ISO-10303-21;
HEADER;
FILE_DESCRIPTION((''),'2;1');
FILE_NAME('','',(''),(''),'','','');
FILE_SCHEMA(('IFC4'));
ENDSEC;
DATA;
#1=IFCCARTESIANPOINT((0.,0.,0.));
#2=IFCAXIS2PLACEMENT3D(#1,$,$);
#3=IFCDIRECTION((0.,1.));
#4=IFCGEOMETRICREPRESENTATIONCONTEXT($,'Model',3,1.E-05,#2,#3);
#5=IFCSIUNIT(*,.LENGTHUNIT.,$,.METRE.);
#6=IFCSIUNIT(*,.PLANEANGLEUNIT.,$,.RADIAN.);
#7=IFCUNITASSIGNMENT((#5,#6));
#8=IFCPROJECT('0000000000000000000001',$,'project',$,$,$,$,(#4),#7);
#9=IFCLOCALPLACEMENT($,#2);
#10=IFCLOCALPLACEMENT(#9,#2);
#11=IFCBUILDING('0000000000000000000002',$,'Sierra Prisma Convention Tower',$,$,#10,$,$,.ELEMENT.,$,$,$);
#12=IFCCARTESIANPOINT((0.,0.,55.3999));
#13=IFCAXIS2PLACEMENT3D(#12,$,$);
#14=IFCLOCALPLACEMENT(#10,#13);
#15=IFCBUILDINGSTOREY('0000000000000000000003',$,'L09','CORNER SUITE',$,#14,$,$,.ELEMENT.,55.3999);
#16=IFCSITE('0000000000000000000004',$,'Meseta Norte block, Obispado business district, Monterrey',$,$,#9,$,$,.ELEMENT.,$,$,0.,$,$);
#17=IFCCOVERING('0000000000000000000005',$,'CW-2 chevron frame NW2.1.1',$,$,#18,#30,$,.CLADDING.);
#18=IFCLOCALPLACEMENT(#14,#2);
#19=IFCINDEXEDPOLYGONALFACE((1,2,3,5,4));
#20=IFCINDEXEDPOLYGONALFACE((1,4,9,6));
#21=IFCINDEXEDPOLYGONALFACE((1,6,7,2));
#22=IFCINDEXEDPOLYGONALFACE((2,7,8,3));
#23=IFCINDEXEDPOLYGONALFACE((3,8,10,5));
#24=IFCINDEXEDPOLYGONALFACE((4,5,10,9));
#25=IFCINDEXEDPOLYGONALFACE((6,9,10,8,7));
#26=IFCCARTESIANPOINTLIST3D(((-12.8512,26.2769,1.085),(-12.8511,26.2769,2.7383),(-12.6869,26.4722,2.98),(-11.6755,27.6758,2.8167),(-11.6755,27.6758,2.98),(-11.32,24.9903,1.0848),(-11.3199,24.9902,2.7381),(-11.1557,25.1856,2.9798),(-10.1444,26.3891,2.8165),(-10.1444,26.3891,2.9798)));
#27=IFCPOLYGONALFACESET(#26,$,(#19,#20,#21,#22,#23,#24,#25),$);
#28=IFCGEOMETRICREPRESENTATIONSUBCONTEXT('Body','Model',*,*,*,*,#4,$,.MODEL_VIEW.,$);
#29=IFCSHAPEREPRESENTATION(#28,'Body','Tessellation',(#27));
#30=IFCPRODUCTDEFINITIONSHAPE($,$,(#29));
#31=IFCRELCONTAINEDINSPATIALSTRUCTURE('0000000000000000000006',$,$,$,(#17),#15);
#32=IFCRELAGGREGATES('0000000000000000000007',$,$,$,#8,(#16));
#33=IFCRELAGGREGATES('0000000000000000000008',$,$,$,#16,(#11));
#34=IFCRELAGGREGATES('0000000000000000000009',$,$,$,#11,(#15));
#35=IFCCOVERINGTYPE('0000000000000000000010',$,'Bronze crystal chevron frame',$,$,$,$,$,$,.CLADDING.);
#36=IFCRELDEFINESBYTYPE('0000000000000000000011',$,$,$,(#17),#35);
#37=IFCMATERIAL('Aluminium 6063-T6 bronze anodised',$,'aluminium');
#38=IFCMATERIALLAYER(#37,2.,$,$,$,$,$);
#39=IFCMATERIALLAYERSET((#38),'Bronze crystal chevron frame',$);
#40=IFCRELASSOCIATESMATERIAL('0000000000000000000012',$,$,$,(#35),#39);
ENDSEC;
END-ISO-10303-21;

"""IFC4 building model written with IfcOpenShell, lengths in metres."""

from ifc_helpers import new_model, si_unit, direction, frame, origin, place, context, subcontext, project, spatial, polyline, outline, extrude, material, layer, layer_set, type_object, element, save


model = new_model("IFC4")

# Units and contexts
model_context = context("Model", 3, precision=1e-05, world=origin(), true_north=direction((0.0, 1.0)))
body_context = subcontext(model_context, "Body", "Model", "MODEL_VIEW")
ifc_project = project(units=[si_unit("LENGTHUNIT", "METRE"), si_unit("PLANEANGLEUNIT", "RADIAN")], contexts=[model_context])

# Site, building, storey
site_placement = place(None, origin())
site = spatial("IfcSite", under=ifc_project, at=site_placement, Name="Meseta Norte block, Obispado business district, Monterrey", CompositionType="ELEMENT", RefElevation=0.0)
building_placement = place(site_placement, origin())
building = spatial("IfcBuilding", under=site, at=building_placement, Name="Sierra Prisma Convention Tower", CompositionType="ELEMENT")
storey_placement = place(building_placement, frame((0.0, 0.0, 55.3999)))
storey = spatial("IfcBuildingStorey", under=building, at=storey_placement, Name="L09", Description="CORNER SUITE", CompositionType="ELEMENT", Elevation=55.3999)

# Covering
ifc_material_1 = material(Name="Aluminium 6063-T6 bronze anodised", Category="aluminium")
ifc_layer_1 = layer(ifc_material_1, 2.0)
ifc_layer_set_1 = layer_set([ifc_layer_1], Name="Bronze crystal chevron frame")
covering_type = type_object("IfcCoveringType", Name="Bronze crystal chevron frame", PredefinedType="CLADDING", material=ifc_layer_set_1)
covering_1_placement = place(storey_placement, frame((-11.6755, 27.6758, 2.98), z_axis=(-0.765592, 0.643326, 0.000069), x_axis=(-0.000053, 0.000044, -1.0)))
element("IfcCovering", 1, at=covering_1_placement, inside=storey, type_object=covering_type, Name="CW-2 chevron frame NW2.1.1", PredefinedType="CLADDING", context=body_context, shape_type="SweptSolid", body=[
    extrude(outline(polyline([(0.0, 0.0), (0.1633, 0.0), (1.895, 1.8273), (0.2417, 1.8273), (0.0, 1.572), (0.0, 0.0)])), origin(), (0.0, 0.0, -1.0), 2.0),
])

save(model, "model.ifc")
